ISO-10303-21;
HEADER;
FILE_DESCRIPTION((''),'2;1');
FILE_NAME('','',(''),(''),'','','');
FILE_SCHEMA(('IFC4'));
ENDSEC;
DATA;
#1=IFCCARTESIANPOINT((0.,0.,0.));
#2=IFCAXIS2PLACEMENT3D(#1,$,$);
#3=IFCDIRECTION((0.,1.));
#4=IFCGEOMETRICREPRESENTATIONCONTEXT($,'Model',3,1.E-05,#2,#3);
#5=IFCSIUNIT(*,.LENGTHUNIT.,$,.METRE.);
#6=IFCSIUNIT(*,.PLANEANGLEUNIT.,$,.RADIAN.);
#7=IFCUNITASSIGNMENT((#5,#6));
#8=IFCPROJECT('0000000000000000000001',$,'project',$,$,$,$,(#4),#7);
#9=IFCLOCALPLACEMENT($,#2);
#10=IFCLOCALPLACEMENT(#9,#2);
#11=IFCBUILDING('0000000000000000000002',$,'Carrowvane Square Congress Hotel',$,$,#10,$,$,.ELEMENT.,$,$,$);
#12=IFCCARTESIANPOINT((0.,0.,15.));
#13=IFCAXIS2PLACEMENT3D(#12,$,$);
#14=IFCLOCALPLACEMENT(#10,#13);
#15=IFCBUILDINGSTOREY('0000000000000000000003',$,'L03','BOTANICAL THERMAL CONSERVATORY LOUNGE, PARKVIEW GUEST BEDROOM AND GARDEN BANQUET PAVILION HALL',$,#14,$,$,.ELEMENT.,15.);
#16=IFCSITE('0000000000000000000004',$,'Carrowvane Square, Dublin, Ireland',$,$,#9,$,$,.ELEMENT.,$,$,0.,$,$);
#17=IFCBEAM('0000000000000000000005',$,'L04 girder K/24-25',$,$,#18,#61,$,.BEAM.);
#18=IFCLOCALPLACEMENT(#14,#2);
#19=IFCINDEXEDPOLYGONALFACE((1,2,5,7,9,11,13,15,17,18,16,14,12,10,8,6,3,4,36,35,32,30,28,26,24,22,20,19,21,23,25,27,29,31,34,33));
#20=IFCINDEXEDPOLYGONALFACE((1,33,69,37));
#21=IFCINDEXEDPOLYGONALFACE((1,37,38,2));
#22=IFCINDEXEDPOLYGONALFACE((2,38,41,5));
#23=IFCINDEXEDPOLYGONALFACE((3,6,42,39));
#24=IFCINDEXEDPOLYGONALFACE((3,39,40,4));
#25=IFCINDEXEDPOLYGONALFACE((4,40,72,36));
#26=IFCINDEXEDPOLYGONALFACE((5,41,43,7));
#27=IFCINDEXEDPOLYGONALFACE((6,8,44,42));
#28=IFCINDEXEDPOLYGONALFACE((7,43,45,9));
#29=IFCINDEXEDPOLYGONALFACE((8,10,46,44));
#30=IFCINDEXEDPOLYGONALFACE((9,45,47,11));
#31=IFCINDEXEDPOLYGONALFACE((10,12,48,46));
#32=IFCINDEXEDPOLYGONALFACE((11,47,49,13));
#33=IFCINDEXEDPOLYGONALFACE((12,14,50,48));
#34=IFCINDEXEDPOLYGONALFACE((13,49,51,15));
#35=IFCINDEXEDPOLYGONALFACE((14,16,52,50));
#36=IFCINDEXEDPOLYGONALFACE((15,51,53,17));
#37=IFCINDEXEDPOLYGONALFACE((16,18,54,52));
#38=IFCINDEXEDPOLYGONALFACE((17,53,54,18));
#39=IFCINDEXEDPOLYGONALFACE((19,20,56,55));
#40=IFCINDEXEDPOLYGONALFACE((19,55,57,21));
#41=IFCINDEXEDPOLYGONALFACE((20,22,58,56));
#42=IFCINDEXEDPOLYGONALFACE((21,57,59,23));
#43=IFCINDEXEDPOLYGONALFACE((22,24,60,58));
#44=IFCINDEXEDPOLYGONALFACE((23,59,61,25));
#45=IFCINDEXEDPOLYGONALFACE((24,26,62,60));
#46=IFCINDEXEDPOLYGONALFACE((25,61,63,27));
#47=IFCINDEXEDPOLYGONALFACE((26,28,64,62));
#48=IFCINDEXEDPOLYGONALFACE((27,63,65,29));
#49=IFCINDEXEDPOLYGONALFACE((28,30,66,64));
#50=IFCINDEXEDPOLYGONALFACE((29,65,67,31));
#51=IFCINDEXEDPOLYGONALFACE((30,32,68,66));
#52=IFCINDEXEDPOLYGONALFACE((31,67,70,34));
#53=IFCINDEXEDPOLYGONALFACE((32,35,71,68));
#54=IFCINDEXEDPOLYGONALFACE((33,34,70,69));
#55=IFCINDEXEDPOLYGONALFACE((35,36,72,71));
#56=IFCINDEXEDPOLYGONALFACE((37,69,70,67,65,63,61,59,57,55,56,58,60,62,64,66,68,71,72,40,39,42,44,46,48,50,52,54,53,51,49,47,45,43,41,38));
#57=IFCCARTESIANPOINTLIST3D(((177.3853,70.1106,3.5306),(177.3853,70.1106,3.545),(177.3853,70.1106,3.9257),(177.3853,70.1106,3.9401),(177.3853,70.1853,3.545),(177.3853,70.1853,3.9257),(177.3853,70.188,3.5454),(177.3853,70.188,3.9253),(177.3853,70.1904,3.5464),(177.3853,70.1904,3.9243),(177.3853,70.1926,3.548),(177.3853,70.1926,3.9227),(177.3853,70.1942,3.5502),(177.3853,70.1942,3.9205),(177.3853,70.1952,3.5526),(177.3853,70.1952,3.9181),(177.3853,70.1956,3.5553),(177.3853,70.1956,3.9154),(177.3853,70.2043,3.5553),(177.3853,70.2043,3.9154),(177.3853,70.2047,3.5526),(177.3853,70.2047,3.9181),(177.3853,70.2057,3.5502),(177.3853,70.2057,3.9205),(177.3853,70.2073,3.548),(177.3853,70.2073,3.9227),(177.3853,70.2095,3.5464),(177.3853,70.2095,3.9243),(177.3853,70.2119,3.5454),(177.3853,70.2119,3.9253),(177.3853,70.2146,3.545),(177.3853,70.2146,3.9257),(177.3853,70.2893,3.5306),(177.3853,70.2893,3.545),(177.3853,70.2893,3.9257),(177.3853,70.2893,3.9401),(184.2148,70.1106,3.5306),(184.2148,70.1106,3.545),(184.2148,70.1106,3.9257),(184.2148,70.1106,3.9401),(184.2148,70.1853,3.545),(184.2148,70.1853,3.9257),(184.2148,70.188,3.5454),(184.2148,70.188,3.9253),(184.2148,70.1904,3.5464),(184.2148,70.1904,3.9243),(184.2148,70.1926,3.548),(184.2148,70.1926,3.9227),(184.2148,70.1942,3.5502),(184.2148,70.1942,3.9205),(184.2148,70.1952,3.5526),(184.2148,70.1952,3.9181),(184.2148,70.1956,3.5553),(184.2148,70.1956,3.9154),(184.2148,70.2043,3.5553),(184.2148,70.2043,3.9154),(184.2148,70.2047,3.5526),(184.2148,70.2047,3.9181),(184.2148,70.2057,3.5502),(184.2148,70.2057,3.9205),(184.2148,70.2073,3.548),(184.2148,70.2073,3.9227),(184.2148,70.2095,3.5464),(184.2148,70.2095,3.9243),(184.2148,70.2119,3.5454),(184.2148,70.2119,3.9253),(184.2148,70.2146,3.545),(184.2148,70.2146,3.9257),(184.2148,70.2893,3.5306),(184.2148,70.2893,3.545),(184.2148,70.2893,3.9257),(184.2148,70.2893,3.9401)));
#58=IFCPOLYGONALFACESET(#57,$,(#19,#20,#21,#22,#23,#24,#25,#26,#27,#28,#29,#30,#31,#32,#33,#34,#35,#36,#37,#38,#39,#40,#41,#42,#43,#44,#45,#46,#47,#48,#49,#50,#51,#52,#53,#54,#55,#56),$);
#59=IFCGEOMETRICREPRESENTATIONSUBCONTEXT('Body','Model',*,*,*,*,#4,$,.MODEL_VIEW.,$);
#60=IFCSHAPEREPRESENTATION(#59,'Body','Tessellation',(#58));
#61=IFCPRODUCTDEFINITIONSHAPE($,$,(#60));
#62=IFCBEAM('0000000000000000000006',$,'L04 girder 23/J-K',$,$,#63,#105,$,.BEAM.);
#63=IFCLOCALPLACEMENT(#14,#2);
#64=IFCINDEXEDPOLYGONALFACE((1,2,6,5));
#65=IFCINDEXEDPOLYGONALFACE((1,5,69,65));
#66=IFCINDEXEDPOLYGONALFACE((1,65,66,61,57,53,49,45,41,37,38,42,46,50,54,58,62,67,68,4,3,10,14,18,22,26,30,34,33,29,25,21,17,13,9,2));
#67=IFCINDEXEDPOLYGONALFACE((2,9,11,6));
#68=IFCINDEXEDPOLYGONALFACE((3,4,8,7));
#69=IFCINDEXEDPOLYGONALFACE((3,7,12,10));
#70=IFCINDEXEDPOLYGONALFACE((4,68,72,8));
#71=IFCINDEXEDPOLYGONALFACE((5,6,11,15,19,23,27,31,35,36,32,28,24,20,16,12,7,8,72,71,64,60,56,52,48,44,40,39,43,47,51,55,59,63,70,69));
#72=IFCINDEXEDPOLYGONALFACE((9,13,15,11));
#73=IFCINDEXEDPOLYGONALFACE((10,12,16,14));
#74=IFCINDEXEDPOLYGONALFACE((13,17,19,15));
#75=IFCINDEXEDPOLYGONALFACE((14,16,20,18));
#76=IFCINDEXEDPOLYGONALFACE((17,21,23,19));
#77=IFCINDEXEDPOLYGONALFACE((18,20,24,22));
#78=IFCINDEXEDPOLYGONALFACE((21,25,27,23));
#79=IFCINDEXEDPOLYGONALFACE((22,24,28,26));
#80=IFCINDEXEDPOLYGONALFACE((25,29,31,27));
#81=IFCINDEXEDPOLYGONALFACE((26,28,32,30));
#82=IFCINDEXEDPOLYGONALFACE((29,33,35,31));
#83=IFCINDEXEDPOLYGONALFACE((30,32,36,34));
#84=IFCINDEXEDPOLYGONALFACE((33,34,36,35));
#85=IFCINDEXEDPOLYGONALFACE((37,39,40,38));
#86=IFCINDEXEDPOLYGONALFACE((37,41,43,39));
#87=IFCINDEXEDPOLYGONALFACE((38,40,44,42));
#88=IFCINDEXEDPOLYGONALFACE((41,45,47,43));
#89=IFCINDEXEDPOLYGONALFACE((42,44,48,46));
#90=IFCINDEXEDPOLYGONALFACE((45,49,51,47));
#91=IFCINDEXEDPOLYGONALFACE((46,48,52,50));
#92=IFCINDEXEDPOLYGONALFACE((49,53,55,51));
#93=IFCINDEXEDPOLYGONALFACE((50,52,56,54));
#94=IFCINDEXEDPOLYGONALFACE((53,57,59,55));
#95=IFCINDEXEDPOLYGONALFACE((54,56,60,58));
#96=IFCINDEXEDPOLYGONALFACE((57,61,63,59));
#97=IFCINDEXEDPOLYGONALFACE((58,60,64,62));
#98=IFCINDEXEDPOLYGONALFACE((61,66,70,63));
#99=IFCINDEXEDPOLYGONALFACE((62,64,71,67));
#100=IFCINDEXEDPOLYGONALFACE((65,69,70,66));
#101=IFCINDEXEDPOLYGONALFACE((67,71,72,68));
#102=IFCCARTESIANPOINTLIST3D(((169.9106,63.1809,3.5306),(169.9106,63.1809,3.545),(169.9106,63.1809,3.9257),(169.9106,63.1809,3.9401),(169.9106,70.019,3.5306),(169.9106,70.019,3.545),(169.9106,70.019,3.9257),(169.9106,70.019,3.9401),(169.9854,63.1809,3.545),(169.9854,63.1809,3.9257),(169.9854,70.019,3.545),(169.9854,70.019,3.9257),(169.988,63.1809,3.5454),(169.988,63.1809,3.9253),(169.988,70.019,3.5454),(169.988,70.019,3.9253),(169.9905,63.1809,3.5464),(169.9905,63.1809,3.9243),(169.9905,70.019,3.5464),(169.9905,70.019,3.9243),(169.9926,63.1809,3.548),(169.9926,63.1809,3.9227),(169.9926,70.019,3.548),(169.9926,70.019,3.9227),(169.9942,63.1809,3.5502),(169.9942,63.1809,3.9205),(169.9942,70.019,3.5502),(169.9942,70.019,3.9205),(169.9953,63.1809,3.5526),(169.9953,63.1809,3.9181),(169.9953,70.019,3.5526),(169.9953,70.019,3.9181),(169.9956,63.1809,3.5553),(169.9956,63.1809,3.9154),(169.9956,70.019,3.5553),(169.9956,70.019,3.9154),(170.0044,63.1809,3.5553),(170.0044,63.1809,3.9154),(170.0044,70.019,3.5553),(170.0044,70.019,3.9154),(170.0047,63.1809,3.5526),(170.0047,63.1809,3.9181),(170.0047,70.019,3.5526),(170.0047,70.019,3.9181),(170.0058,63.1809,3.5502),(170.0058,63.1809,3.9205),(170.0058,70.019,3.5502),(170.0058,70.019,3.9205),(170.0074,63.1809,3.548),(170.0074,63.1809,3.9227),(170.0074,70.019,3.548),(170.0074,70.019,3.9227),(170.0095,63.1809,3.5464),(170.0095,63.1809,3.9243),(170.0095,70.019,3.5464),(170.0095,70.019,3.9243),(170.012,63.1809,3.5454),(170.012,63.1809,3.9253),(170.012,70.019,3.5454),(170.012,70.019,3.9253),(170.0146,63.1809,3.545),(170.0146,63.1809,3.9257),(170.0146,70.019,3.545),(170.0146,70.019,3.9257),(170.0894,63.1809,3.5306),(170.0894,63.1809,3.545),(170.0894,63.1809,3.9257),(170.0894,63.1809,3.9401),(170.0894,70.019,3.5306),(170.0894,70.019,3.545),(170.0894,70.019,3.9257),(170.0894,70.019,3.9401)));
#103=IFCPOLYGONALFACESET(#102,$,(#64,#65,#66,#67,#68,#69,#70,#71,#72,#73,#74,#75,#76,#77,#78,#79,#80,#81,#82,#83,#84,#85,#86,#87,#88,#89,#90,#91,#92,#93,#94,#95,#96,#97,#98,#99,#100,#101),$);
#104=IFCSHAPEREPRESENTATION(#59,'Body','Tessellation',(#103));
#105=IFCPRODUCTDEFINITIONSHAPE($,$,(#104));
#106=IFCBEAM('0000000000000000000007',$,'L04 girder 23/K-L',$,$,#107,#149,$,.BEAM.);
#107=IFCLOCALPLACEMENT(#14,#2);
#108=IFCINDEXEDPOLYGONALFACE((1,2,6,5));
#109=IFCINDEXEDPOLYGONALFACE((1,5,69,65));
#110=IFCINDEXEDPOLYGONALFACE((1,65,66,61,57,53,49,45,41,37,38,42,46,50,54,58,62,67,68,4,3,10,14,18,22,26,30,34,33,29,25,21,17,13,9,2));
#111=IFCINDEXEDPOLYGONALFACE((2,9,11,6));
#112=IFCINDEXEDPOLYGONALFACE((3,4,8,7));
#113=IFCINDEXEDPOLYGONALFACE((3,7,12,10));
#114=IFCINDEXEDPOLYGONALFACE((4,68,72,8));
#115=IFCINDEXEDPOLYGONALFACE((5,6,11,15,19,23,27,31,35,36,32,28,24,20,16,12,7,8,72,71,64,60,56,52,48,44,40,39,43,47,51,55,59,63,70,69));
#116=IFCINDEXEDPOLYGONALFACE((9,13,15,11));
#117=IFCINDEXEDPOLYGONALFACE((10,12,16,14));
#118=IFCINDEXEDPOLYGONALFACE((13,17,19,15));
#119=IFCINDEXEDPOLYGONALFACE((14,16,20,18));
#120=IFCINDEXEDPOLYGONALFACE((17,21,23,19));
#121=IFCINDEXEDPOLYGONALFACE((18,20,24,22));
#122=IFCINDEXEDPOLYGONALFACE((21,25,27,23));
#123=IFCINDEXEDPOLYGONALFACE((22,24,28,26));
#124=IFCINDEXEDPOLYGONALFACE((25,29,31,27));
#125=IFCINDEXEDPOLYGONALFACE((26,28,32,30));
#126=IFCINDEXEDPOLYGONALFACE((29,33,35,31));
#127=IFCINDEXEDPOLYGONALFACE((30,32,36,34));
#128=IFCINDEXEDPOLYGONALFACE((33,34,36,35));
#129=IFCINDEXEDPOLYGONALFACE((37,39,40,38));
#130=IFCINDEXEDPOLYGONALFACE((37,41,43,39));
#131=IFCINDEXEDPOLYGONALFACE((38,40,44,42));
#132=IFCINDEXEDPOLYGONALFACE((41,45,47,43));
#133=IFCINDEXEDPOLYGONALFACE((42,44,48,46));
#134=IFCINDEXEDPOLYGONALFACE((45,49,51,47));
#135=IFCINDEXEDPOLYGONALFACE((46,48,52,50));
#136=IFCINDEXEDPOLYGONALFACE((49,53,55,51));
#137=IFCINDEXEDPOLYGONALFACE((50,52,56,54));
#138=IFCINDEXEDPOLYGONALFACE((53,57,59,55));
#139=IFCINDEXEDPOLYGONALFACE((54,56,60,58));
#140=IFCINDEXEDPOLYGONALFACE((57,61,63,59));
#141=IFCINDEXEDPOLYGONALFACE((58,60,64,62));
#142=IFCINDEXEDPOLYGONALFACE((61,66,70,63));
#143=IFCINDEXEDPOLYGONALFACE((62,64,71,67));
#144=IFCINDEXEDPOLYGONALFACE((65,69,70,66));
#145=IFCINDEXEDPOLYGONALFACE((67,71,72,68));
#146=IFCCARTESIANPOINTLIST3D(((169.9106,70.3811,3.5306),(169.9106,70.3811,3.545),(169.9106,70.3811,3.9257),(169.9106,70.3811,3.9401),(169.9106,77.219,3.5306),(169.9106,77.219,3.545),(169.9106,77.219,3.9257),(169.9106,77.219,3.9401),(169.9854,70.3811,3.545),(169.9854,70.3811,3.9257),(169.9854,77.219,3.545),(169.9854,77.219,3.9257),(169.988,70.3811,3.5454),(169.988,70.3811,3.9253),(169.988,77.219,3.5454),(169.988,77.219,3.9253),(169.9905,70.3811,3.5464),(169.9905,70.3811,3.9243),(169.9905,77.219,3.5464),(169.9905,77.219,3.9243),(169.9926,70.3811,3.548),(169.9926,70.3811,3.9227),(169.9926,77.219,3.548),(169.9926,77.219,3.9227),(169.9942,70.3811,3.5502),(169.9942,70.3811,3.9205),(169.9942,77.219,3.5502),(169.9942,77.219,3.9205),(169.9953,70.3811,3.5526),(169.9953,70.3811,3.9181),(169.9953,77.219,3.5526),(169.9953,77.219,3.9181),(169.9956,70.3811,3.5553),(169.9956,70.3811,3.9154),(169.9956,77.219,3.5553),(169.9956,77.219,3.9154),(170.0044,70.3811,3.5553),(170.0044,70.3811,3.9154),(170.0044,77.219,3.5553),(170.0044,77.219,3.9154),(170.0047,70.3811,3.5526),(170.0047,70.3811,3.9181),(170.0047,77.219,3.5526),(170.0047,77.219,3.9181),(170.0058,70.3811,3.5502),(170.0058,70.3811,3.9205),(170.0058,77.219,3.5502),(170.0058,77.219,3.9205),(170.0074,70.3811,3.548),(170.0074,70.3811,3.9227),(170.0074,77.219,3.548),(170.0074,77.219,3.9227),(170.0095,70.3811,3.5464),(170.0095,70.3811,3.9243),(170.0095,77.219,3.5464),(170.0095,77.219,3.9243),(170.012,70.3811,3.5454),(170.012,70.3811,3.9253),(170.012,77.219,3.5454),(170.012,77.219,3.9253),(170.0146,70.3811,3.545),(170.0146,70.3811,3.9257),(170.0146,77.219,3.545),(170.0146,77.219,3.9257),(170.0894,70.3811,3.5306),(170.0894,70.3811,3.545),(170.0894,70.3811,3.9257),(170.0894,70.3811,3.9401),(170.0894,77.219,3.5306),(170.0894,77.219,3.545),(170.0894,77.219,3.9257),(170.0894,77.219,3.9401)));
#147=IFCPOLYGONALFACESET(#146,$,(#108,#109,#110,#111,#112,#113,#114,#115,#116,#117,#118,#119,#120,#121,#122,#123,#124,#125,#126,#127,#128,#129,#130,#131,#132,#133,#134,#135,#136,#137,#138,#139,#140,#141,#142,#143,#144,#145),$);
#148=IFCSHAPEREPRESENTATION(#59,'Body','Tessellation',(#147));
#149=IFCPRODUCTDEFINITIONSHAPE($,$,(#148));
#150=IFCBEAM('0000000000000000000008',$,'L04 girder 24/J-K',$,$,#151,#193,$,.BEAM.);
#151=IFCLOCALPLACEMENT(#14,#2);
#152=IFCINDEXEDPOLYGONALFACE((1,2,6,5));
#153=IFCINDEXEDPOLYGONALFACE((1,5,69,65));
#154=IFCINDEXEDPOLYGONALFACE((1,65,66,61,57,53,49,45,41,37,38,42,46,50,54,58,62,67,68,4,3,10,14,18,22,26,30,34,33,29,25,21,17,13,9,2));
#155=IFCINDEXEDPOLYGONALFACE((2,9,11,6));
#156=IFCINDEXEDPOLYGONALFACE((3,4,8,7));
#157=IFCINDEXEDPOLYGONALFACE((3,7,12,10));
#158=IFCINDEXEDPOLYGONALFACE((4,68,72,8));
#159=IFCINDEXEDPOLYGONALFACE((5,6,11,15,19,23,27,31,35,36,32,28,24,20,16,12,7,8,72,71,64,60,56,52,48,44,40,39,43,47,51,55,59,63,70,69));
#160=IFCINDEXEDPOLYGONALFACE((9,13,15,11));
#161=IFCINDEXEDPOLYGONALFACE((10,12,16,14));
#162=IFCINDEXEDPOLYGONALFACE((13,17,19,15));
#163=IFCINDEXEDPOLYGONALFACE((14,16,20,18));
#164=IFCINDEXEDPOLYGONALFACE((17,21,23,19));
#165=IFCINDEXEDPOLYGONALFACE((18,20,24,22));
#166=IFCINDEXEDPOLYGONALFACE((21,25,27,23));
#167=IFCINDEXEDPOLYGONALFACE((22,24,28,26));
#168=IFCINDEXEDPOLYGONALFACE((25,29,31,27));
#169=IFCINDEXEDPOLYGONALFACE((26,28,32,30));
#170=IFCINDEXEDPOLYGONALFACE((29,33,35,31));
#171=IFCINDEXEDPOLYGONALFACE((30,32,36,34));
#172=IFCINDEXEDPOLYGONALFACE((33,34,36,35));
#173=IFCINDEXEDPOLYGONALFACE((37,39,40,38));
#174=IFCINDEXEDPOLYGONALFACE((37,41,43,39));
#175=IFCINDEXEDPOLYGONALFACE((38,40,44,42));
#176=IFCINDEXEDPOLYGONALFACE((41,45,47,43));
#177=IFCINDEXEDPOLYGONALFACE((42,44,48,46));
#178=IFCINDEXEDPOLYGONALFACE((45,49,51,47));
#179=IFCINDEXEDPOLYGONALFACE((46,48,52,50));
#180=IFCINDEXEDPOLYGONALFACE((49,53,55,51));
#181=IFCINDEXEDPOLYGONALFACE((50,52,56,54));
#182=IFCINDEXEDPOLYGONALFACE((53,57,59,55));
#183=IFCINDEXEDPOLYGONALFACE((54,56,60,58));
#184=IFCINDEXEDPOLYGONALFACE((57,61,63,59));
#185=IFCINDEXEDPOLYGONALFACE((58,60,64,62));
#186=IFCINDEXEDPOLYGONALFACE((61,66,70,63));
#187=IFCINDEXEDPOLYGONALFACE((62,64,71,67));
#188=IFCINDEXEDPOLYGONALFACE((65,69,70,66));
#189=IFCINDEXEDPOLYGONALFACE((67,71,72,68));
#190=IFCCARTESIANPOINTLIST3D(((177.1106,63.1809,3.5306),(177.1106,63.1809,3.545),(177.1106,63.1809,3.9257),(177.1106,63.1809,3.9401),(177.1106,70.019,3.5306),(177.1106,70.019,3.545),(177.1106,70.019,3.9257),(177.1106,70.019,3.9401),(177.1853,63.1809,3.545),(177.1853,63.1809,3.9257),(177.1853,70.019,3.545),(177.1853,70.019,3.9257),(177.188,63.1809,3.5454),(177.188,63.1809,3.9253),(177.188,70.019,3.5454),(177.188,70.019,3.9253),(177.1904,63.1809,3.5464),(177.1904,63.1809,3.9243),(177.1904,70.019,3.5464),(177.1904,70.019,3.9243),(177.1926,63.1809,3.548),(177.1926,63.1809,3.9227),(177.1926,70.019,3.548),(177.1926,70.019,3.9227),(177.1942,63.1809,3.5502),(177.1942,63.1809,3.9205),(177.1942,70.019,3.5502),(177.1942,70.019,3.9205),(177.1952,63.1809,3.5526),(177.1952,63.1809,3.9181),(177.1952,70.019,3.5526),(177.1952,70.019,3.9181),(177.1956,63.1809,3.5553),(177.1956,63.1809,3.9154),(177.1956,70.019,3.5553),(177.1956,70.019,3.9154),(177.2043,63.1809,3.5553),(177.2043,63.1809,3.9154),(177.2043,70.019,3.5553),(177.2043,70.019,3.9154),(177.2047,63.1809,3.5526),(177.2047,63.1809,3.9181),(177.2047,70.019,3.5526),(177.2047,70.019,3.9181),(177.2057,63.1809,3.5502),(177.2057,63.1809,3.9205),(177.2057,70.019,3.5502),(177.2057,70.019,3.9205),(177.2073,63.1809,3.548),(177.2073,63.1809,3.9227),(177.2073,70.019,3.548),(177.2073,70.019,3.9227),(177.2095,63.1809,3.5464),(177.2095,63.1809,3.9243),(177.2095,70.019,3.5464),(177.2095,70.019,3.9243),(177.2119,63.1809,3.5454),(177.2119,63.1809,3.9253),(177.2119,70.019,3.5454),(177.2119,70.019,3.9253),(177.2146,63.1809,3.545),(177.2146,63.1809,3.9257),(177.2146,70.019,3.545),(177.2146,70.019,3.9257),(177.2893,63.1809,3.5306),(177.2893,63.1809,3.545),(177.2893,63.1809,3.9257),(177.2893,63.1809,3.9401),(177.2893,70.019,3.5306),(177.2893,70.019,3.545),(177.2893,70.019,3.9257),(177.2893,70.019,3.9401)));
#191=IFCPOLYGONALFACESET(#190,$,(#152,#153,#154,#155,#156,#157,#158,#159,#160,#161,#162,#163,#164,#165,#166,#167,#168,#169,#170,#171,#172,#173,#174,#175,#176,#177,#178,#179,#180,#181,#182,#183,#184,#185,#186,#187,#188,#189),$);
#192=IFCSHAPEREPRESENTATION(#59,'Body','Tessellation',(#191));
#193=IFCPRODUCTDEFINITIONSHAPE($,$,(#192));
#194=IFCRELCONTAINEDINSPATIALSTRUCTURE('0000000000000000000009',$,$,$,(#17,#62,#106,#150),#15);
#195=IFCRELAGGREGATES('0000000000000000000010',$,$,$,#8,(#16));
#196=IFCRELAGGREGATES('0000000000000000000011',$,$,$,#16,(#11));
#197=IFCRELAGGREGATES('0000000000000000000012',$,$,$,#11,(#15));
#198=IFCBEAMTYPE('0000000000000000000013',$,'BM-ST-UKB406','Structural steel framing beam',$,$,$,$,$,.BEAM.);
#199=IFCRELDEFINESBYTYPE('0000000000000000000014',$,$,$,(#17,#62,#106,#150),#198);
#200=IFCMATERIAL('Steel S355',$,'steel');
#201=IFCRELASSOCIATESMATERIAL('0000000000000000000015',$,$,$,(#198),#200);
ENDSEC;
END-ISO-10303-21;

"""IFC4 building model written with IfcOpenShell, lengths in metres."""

from ifc_helpers import new_model, si_unit, direction, frame, origin, origin_2d, place, context, subcontext, project, spatial, i_section, extrude, material, material_profile, profile_set, type_object, element, save


model = new_model("IFC4")

# Units and contexts
model_context = context("Model", 3, precision=1e-05, world=origin(), true_north=direction((0.0, 1.0)))
body_context = subcontext(model_context, "Body", "Model", "MODEL_VIEW")
ifc_project = project(units=[si_unit("LENGTHUNIT", "METRE"), si_unit("PLANEANGLEUNIT", "RADIAN")], contexts=[model_context])

# Site, building, storey
site_placement = place(None, origin())
site = spatial("IfcSite", under=ifc_project, at=site_placement, Name="Carrowvane Square, Dublin, Ireland", CompositionType="ELEMENT", RefElevation=0.0)
building_placement = place(site_placement, origin())
building = spatial("IfcBuilding", under=site, at=building_placement, Name="Carrowvane Square Congress Hotel", CompositionType="ELEMENT")
storey_placement = place(building_placement, frame((0.0, 0.0, 15.0)))
storey = spatial("IfcBuildingStorey", under=building, at=storey_placement, Name="L03", Description="BOTANICAL THERMAL CONSERVATORY LOUNGE, PARKVIEW GUEST BEDROOM AND GARDEN BANQUET PAVILION HALL", CompositionType="ELEMENT", Elevation=15.0)

# Beams
ifc_material_1 = material(Name="Steel S355", Category="steel")
ifc_material_profile_1 = material_profile(ifc_material_1, i_section(OverallWidth=0.1787, OverallDepth=0.4094, WebThickness=0.0088, FlangeThickness=0.0144, FilletRadius=0.0103, at=origin_2d()), Name="UKB 406x178x67")
ifc_profile_set_1 = profile_set([ifc_material_profile_1], Name="Steel S355")
beam_type_1 = type_object("IfcBeamType", Name="BM-ST-UKB406", Description="Structural steel framing beam", PredefinedType="BEAM", material=ifc_profile_set_1)
beam_1_placement = place(storey_placement, frame((177.3853, 70.2, 3.7354), z_axis=(1.0, 0.0, 0.0), x_axis=(0.0, 1.0, 0.0)))
element("IfcBeam", 1, at=beam_1_placement, inside=storey, type_object=beam_type_1, Name="L04 girder K/24-25", PredefinedType="BEAM", context=body_context, shape_type="SweptSolid", body=[
    extrude(i_section(OverallWidth=0.1787, OverallDepth=0.4094, WebThickness=0.0088, FlangeThickness=0.0144, FilletRadius=0.0103, at=origin_2d()), origin(), (0.0, 0.0, 1.0), 6.8296),
])
beam_2_placement = place(storey_placement, frame((170.0, 63.1809, 3.7354), z_axis=(0.0, 1.0, 0.0), x_axis=(-1.0, 0.0, 0.0)))
element("IfcBeam", 2, at=beam_2_placement, inside=storey, type_object=beam_type_1, Name="L04 girder 23/J-K", PredefinedType="BEAM", context=body_context, shape_type="SweptSolid", body=[
    extrude(i_section(OverallWidth=0.1787, OverallDepth=0.4094, WebThickness=0.0088, FlangeThickness=0.0144, FilletRadius=0.0103, at=origin_2d()), origin(), (0.0, 0.0, 1.0), 6.8381),
])
beam_3_placement = place(storey_placement, frame((170.0, 70.3811, 3.7354), z_axis=(0.0, 1.0, 0.0), x_axis=(-1.0, 0.0, 0.0)))
element("IfcBeam", 3, at=beam_3_placement, inside=storey, type_object=beam_type_1, Name="L04 girder 23/K-L", PredefinedType="BEAM", context=body_context, shape_type="SweptSolid", body=[
    extrude(i_section(OverallWidth=0.1787, OverallDepth=0.4094, WebThickness=0.0088, FlangeThickness=0.0144, FilletRadius=0.0103, at=origin_2d()), origin(), (0.0, 0.0, 1.0), 6.8379),
])
beam_4_placement = place(storey_placement, frame((177.2, 63.1809, 3.7354), z_axis=(0.0, 1.0, 0.0), x_axis=(-1.0, 0.0, 0.0)))
element("IfcBeam", 4, at=beam_4_placement, inside=storey, type_object=beam_type_1, Name="L04 girder 24/J-K", PredefinedType="BEAM", context=body_context, shape_type="SweptSolid", body=[
    extrude(i_section(OverallWidth=0.1787, OverallDepth=0.4094, WebThickness=0.0088, FlangeThickness=0.0144, FilletRadius=0.0103, at=origin_2d()), origin(), (0.0, 0.0, 1.0), 6.8381),
])

save(model, "model.ifc")
